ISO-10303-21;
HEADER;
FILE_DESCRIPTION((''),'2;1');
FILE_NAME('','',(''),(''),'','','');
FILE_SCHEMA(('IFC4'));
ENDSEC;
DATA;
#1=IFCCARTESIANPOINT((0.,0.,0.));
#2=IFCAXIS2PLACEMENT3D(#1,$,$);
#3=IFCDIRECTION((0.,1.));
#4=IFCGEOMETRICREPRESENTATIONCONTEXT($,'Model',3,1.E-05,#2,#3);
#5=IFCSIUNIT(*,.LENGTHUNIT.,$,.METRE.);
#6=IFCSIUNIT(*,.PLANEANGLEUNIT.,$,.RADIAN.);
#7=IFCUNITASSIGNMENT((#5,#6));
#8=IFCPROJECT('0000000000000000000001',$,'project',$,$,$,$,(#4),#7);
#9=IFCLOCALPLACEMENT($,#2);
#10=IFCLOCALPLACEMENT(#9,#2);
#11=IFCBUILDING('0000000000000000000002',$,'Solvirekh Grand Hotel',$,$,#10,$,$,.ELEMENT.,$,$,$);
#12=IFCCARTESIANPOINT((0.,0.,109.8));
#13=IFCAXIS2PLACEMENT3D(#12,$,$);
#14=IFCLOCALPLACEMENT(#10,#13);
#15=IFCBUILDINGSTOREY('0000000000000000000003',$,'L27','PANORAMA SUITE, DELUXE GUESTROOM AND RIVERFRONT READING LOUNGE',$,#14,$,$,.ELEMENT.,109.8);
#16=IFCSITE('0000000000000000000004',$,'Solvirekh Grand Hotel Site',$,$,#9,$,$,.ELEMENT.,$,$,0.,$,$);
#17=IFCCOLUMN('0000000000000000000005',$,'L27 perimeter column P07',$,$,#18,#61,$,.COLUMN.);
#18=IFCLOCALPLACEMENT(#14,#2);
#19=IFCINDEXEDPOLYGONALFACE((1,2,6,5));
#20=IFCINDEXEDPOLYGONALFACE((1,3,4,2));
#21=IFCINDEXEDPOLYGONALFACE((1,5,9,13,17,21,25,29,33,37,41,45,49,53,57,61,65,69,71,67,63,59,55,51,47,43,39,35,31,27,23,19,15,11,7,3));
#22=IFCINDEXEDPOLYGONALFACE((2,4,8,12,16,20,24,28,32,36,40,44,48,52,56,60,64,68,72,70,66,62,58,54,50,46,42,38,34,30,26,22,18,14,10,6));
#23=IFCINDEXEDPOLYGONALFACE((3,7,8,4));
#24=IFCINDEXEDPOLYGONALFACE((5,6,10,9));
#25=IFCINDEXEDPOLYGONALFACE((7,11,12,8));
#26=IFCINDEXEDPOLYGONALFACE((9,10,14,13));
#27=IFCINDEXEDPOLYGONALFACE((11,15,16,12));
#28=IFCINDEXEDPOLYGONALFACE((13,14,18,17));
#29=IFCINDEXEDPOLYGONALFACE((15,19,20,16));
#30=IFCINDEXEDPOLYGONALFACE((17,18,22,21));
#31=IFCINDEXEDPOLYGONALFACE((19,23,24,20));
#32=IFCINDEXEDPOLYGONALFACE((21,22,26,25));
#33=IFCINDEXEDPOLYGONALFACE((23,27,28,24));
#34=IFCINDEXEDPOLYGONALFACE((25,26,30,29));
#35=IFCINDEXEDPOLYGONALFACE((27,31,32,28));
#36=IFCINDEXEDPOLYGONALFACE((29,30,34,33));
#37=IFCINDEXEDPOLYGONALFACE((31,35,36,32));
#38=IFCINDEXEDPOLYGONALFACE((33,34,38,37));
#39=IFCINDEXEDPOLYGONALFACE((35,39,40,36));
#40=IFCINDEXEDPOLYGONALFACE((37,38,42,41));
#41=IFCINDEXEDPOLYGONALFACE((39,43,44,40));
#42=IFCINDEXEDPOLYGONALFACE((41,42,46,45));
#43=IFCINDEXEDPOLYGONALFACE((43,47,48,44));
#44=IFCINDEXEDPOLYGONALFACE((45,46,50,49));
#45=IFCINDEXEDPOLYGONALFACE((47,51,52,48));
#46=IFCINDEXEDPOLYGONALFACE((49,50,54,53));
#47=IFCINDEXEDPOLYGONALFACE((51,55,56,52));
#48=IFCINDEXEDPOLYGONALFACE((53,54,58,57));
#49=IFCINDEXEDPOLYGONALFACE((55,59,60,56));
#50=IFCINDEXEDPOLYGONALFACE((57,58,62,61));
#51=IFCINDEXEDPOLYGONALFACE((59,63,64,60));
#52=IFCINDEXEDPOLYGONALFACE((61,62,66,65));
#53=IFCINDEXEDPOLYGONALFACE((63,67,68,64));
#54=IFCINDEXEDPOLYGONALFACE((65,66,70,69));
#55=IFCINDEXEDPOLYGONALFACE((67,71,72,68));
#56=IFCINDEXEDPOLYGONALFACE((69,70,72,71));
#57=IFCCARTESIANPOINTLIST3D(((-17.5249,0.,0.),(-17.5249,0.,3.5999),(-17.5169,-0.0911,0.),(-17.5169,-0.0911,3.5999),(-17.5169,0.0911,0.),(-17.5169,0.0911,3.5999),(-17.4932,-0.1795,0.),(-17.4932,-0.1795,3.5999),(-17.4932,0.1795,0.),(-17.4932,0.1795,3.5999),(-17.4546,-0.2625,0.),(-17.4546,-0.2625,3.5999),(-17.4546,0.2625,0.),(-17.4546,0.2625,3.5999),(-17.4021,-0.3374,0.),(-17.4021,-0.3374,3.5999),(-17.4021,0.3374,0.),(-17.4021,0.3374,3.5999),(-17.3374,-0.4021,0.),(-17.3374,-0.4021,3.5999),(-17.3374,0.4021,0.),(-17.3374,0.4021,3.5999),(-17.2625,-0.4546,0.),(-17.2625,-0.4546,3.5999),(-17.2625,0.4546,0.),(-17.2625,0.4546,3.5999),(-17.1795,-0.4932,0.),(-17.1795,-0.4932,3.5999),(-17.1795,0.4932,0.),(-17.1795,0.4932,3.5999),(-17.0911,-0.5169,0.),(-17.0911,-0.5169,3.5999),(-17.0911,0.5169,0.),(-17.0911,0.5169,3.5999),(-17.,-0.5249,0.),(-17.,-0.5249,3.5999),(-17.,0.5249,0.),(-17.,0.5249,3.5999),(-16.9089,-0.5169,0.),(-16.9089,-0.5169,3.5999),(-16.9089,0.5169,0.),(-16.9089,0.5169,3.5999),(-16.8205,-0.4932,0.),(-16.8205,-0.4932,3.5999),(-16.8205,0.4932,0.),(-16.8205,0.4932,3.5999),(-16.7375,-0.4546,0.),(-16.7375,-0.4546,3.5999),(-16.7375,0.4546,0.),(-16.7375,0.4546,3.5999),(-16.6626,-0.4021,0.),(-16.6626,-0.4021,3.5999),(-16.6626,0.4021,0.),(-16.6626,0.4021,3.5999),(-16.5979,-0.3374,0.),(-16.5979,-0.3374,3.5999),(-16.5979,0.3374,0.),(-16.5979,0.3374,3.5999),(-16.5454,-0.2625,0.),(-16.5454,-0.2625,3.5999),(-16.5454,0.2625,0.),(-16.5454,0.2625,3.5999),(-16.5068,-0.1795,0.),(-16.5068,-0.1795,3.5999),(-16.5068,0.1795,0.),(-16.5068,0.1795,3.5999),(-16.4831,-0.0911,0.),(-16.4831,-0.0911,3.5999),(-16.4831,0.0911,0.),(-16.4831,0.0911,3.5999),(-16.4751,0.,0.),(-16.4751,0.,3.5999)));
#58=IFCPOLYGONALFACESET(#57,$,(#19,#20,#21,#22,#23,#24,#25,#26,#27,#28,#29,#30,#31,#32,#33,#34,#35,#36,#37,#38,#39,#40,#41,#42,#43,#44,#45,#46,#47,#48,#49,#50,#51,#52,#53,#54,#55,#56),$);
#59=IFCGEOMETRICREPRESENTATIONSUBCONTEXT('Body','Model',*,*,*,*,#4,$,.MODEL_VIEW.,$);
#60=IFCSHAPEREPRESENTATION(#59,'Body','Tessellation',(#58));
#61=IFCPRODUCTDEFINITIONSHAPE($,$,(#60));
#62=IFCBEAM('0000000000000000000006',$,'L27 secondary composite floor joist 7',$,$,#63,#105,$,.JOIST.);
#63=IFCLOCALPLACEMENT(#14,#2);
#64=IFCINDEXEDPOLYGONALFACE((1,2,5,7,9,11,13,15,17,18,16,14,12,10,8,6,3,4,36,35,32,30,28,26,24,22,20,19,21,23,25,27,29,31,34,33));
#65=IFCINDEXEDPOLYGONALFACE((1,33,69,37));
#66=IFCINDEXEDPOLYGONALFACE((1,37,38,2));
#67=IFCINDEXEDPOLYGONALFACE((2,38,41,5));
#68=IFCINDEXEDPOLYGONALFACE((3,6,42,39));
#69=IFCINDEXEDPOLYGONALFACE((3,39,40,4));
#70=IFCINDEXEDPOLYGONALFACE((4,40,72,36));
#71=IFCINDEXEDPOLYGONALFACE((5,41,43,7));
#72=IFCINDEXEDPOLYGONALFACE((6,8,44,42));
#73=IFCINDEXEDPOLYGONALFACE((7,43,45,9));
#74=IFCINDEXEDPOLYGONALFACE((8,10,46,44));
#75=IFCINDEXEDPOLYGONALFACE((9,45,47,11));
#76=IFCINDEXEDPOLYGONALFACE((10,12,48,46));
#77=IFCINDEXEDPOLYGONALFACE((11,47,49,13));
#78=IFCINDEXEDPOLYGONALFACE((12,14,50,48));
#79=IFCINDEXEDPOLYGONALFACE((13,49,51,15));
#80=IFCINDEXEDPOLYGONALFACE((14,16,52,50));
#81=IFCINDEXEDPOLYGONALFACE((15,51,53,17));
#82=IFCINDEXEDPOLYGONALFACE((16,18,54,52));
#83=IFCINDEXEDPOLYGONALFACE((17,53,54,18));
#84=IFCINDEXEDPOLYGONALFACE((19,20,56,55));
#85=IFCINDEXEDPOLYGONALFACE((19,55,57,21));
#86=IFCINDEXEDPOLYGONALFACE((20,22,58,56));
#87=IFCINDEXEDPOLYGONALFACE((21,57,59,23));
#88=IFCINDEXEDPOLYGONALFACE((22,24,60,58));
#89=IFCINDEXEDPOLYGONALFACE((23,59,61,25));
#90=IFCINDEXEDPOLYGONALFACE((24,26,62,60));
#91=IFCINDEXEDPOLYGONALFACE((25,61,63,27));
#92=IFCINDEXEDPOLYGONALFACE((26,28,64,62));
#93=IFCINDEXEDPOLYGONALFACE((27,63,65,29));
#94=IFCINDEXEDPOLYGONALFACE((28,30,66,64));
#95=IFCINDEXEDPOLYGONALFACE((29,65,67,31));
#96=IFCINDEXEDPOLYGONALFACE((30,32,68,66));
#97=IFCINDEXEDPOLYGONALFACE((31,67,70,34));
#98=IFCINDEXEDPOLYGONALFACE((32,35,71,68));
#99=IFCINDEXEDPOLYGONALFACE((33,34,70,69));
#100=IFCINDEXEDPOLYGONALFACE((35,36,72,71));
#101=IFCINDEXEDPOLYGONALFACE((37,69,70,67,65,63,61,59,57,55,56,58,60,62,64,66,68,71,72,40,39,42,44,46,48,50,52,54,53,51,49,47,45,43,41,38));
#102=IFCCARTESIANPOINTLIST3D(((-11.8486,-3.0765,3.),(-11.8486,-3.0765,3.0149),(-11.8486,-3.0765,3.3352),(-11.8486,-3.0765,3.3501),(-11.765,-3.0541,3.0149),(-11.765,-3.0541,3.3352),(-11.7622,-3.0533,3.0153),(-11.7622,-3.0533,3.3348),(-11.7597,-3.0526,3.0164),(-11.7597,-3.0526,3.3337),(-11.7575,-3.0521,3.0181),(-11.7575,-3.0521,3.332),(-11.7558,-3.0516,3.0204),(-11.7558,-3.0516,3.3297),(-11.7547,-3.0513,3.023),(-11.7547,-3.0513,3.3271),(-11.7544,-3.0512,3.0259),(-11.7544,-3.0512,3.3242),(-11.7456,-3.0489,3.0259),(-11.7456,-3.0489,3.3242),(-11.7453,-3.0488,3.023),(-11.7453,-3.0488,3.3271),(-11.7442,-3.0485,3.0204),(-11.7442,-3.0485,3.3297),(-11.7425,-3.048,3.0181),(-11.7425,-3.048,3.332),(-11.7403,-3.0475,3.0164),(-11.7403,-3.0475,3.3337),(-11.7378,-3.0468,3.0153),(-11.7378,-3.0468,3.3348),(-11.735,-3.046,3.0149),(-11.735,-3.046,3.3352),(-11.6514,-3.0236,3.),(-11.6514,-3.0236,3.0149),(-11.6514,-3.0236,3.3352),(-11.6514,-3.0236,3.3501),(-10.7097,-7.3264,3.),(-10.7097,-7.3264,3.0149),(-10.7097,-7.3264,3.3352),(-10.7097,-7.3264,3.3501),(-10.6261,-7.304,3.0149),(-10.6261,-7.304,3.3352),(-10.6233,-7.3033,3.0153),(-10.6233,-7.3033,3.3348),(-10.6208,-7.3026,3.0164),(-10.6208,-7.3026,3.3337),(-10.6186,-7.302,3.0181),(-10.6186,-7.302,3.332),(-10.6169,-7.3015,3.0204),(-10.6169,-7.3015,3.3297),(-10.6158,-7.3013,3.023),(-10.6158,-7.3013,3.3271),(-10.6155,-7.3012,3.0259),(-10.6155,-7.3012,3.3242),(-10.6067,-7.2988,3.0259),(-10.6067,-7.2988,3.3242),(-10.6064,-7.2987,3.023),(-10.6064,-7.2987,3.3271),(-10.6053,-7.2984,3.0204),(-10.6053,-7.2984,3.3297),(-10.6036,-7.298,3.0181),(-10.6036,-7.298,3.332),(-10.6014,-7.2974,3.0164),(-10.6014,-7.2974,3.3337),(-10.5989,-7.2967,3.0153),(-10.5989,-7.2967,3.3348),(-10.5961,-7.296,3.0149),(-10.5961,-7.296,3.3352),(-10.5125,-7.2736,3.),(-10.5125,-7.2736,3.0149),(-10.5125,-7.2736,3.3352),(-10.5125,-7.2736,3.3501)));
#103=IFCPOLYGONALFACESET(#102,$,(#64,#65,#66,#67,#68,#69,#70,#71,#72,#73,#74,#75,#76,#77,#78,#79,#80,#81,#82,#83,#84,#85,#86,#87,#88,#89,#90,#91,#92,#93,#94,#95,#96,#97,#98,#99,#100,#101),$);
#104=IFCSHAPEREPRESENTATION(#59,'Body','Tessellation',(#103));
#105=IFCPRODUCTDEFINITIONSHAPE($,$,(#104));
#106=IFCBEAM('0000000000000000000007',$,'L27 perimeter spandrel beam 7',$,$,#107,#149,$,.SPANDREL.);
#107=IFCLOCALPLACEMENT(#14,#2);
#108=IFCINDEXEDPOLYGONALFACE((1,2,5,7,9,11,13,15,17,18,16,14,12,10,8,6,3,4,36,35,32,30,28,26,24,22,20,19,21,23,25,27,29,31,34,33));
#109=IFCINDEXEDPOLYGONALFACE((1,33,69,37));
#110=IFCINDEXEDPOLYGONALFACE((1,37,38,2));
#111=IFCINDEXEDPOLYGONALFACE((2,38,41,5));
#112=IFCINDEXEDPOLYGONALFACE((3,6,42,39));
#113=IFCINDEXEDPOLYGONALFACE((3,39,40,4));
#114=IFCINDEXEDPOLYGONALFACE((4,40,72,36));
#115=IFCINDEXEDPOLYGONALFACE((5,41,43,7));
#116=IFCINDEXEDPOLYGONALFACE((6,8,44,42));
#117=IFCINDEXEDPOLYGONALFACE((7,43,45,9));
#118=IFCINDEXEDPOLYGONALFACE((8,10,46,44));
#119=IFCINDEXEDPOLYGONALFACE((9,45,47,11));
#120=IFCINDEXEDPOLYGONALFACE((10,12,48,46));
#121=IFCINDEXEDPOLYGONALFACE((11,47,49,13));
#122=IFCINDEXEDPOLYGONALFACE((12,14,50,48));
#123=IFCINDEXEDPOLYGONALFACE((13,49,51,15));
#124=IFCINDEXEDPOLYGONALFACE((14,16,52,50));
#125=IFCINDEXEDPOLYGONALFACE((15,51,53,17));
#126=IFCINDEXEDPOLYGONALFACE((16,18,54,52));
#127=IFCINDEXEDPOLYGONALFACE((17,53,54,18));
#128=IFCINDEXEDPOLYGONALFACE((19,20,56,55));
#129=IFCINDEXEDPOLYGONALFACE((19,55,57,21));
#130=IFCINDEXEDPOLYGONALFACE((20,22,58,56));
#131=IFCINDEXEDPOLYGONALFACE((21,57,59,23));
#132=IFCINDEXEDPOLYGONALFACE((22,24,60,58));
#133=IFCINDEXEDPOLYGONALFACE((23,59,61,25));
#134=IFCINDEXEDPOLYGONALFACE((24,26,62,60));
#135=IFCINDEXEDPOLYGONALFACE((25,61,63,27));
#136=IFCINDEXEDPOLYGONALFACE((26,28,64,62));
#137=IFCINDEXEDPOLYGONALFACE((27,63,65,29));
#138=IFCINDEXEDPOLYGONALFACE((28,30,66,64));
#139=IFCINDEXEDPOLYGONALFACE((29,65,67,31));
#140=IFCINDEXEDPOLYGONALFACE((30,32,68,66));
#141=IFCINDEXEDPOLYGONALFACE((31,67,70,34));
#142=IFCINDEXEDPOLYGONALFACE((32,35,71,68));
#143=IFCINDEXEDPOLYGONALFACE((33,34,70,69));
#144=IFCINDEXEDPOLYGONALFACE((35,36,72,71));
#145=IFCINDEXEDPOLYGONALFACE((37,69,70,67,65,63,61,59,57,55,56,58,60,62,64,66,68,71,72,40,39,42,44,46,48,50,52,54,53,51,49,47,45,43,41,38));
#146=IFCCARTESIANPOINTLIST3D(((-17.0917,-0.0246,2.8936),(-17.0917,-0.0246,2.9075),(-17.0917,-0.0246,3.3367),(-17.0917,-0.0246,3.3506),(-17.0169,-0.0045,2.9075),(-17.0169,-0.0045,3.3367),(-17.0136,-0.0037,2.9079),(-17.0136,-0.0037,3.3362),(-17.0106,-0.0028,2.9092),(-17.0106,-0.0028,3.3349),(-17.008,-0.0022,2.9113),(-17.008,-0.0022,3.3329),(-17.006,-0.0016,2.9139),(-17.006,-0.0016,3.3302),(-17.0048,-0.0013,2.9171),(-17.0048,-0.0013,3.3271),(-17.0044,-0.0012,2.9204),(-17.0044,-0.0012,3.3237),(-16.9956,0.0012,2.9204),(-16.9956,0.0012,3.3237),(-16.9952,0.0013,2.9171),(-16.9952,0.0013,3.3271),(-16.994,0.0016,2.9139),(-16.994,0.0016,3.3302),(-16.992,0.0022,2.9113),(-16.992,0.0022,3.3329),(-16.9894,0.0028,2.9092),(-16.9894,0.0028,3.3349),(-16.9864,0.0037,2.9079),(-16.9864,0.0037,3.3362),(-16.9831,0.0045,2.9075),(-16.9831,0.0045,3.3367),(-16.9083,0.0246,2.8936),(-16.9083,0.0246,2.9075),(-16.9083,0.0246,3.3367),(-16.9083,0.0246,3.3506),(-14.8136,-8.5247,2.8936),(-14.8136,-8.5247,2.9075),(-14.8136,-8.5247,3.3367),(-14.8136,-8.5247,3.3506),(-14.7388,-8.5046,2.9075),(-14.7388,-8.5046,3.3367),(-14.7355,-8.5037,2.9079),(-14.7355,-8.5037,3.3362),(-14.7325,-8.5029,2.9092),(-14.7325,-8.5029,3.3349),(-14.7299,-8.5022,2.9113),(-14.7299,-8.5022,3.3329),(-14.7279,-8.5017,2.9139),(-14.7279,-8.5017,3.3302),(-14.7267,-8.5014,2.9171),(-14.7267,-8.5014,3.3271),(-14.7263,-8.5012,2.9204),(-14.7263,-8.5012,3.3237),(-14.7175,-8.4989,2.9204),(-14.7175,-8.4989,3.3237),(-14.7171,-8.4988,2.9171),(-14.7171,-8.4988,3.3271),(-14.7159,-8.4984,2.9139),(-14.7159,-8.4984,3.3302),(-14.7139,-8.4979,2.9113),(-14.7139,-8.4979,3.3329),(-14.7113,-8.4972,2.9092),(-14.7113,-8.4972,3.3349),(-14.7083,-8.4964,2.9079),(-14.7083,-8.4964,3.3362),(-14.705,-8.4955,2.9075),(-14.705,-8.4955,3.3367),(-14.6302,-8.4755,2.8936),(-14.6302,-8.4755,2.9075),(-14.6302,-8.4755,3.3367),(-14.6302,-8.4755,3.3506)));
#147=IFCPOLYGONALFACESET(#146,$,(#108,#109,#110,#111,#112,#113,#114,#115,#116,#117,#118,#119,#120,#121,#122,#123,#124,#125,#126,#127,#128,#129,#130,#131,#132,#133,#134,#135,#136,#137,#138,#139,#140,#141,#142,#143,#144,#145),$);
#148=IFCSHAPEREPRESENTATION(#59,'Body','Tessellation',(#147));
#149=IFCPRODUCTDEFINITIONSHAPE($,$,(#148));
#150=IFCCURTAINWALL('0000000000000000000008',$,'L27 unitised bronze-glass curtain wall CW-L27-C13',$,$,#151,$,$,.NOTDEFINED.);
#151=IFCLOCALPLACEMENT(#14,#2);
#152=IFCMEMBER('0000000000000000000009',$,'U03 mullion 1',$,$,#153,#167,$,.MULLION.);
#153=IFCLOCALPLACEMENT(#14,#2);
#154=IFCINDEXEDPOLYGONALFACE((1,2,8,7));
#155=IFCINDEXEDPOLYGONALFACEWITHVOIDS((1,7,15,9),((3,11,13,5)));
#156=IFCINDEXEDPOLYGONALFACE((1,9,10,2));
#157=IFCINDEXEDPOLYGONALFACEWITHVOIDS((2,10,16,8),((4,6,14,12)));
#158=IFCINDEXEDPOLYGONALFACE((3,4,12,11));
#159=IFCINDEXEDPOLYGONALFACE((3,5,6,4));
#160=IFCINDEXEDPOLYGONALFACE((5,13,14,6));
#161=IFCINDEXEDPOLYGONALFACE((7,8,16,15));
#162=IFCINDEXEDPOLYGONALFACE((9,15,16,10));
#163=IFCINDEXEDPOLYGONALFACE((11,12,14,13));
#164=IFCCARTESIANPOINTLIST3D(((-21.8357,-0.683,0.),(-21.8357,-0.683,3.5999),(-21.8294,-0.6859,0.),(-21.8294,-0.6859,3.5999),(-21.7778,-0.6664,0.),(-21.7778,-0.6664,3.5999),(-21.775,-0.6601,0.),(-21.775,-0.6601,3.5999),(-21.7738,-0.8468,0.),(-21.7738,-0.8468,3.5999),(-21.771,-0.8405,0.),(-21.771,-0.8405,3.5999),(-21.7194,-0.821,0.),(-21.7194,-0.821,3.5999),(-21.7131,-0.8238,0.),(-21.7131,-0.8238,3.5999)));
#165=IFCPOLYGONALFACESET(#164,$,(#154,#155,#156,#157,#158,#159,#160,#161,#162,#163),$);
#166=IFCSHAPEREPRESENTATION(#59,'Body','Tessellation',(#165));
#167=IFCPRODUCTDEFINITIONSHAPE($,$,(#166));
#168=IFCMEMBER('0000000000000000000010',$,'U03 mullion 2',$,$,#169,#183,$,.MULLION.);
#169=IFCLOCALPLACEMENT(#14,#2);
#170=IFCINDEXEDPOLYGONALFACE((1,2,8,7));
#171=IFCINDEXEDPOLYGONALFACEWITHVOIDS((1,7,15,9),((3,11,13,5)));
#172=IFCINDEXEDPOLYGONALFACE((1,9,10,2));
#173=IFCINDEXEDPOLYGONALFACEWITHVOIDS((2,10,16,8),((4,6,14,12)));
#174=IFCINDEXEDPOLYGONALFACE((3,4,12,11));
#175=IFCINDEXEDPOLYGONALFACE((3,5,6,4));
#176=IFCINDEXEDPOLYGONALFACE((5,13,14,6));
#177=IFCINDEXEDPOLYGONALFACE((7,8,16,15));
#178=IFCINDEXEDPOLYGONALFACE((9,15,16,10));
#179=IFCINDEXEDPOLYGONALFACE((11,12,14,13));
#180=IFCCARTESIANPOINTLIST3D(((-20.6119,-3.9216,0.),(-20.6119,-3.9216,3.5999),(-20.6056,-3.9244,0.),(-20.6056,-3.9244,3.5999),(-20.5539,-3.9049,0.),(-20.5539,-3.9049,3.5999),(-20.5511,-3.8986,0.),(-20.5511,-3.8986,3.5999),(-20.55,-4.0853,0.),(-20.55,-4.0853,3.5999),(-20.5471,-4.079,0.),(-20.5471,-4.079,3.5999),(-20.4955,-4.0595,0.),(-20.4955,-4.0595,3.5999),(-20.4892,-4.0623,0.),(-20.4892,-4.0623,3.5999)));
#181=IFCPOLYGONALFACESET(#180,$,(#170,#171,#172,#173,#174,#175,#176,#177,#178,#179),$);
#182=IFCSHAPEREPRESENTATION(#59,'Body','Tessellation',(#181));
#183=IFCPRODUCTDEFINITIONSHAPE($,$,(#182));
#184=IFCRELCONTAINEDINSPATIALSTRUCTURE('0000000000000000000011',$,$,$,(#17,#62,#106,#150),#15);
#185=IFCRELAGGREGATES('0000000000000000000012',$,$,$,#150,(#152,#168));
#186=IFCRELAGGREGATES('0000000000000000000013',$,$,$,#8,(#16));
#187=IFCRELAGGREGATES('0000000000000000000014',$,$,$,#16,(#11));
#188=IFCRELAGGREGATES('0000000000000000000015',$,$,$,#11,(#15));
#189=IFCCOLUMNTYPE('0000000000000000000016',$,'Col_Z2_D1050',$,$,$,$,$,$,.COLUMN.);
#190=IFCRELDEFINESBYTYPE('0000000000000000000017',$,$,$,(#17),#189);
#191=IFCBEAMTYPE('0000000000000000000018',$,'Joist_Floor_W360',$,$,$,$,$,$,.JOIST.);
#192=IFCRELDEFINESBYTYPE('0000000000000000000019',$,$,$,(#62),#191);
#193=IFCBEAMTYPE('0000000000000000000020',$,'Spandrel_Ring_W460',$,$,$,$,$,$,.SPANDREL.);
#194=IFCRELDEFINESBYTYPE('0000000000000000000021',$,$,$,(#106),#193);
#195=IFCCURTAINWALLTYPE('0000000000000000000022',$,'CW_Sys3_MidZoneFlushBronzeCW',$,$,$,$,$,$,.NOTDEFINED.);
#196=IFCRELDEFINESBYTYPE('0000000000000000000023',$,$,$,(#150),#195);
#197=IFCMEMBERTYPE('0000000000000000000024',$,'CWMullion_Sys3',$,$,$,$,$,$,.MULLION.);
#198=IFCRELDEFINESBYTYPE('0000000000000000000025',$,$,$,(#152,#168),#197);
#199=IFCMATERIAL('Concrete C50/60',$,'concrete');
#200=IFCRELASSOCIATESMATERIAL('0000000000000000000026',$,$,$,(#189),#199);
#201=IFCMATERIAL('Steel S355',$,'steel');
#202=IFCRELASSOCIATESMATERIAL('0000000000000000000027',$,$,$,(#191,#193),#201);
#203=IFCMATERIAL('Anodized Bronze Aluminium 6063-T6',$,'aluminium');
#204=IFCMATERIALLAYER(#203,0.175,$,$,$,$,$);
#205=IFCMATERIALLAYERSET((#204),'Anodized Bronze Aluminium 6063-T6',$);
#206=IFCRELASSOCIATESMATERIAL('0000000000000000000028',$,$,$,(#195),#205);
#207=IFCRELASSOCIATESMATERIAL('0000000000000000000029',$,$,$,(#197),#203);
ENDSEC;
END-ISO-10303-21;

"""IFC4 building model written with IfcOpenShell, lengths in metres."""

from ifc_helpers import new_model, si_unit, direction, frame, origin, origin_2d, place, context, subcontext, project, spatial, hollow_rectangle, circle, i_section, extrude, source, transform, mapped, material, layer, layer_set, material_profile, profile_set, type_object, element, aggregate, save


model = new_model("IFC4")

# Units and contexts
model_context = context("Model", 3, precision=1e-05, world=origin(), true_north=direction((0.0, 1.0)))
body_context = subcontext(model_context, "Body", "Model", "MODEL_VIEW")
ifc_project = project(units=[si_unit("LENGTHUNIT", "METRE"), si_unit("PLANEANGLEUNIT", "RADIAN")], contexts=[model_context])

# Site, building, storey
site_placement = place(None, origin())
site = spatial("IfcSite", under=ifc_project, at=site_placement, Name="Solvirekh Grand Hotel Site", CompositionType="ELEMENT", RefElevation=0.0)
building_placement = place(site_placement, origin())
building = spatial("IfcBuilding", under=site, at=building_placement, Name="Solvirekh Grand Hotel", CompositionType="ELEMENT")
storey_placement = place(building_placement, frame((0.0, 0.0, 109.8)))
storey = spatial("IfcBuildingStorey", under=building, at=storey_placement, Name="L27", Description="PANORAMA SUITE, DELUXE GUESTROOM AND RIVERFRONT READING LOUNGE", CompositionType="ELEMENT", Elevation=109.8)

# Column
ifc_material_1 = material(Name="Concrete C50/60", Category="concrete")
ifc_material_profile_1 = material_profile(ifc_material_1, circle(Radius=0.5249, at=origin_2d()), Name="RC CIRC D1050")
ifc_profile_set_1 = profile_set([ifc_material_profile_1], Name="Concrete C50/60")
column_type = type_object("IfcColumnType", Name="Col_Z2_D1050", PredefinedType="COLUMN", material=ifc_profile_set_1)
column_placement = place(storey_placement, frame((-17.0, 0.0, 0.0), z_axis=(0.0, 0.0, 1.0), x_axis=(1.0, 0.0, 0.0)))
element("IfcColumn", 1, at=column_placement, inside=storey, type_object=column_type, Name="L27 perimeter column P07", PredefinedType="COLUMN", context=body_context, shape_type="SweptSolid", body=[
    extrude(circle(Radius=0.5249, at=origin_2d()), origin(), (0.0, 0.0, 1.0), 3.5999),
])

# Beams
ifc_material_2 = material(Name="Steel S355", Category="steel")
ifc_material_profile_2 = material_profile(ifc_material_2, i_section(OverallWidth=0.2041, OverallDepth=0.3501, WebThickness=0.009, FlangeThickness=0.0149, FilletRadius=0.011, at=origin_2d()), Name="W360X72")
ifc_profile_set_2 = profile_set([ifc_material_profile_2], Name="Steel S355")
beam_type_1 = type_object("IfcBeamType", Name="Joist_Floor_W360", PredefinedType="JOIST", material=ifc_profile_set_2)
beam_1_placement = place(storey_placement, frame((-11.75, -3.05, 3.175), z_axis=(0.258847, -0.965918, 0.0), x_axis=(0.965918, 0.258847, 0.0)))
element("IfcBeam", 2, at=beam_1_placement, inside=storey, type_object=beam_type_1, Name="L27 secondary composite floor joist 7", PredefinedType="JOIST", context=body_context, shape_type="SweptSolid", body=[
    extrude(i_section(OverallWidth=0.2041, OverallDepth=0.3501, WebThickness=0.009, FlangeThickness=0.0149, FilletRadius=0.011, at=origin_2d()), origin(), (0.0, 0.0, 1.0), 4.3999),
])
ifc_material_profile_3 = material_profile(ifc_material_2, i_section(OverallWidth=0.1899, OverallDepth=0.457, WebThickness=0.009, FlangeThickness=0.0139, FilletRadius=0.0129, at=origin_2d()), Name="W460X74")
ifc_profile_set_3 = profile_set([ifc_material_profile_3], Name="Steel S355")
beam_type_2 = type_object("IfcBeamType", Name="Spandrel_Ring_W460", PredefinedType="SPANDREL", material=ifc_profile_set_3)
beam_2_placement = place(storey_placement, frame((-17.0, 0.0, 3.1221), z_axis=(0.258873, -0.965911, 0.0), x_axis=(0.965911, 0.258873, 0.0)))
element("IfcBeam", 3, at=beam_2_placement, inside=storey, type_object=beam_type_2, Name="L27 perimeter spandrel beam 7", PredefinedType="SPANDREL", context=body_context, shape_type="SweptSolid", body=[
    extrude(i_section(OverallWidth=0.1899, OverallDepth=0.457, WebThickness=0.009, FlangeThickness=0.0139, FilletRadius=0.0129, at=origin_2d()), origin(), (0.0, 0.0, 1.0), 8.8),
])

# Curtain wall, members
ifc_material_3 = material(Name="Anodized Bronze Aluminium 6063-T6", Category="aluminium")
ifc_layer_1 = layer(ifc_material_3, 0.175)
ifc_layer_set_1 = layer_set([ifc_layer_1], Name="Anodized Bronze Aluminium 6063-T6")
curtain_wall_type = type_object("IfcCurtainWallType", Name="CW_Sys3_MidZoneFlushBronzeCW", PredefinedType="NOTDEFINED", material=ifc_layer_set_1)
curtain_wall_placement = place(storey_placement, origin())
curtain_wall = element("IfcCurtainWall", 4, at=curtain_wall_placement, inside=storey, type_object=curtain_wall_type, Name="L27 unitised bronze-glass curtain wall CW-L27-C13", PredefinedType="NOTDEFINED")
ifc_material_profile_4 = material_profile(ifc_material_3, hollow_rectangle(XDim=0.0649, YDim=0.175, WallThickness=0.0049, at=origin_2d()), Name="ALU RHS 175X65X5")
ifc_profile_set_4 = profile_set([ifc_material_profile_4], Name="Anodized Bronze Aluminium 6063-T6")
member_type_1 = type_object("IfcMemberType", Name="CWMullion_Sys3", PredefinedType="MULLION", material=ifc_profile_set_4)
shared_shape_1 = source(origin(), body_context, "Body", "SweptSolid", [
    extrude(hollow_rectangle(XDim=0.0649, YDim=0.175, WallThickness=0.0049, at=origin_2d()), origin(), (0.0, 0.0, 1.0), 3.5999),
])
member_1_placement = place(storey_placement, frame((-21.7744, -0.7534, 0.0), z_axis=(0.0, 0.0, 1.0), x_axis=(0.935421, 0.353537, 0.0)))
member_1 = element("IfcMember", 5, at=member_1_placement, type_object=member_type_1, Name="U03 mullion 1", PredefinedType="MULLION", context=body_context, shape_type="MappedRepresentation", body=[
    mapped(shared_shape_1, transform((0.0, 0.0, 0.0), x_axis=(1.0, 0.0, 0.0), y_axis=(0.0, 1.0, 0.0), z_axis=(0.0, 0.0, 1.0), scale=1.0)),
])
member_2_placement = place(storey_placement, frame((-20.5505, -3.9919, 0.0), z_axis=(0.0, 0.0, 1.0), x_axis=(0.935421, 0.353537, 0.0)))
member_2 = element("IfcMember", 6, at=member_2_placement, type_object=member_type_1, Name="U03 mullion 2", PredefinedType="MULLION", context=body_context, shape_type="MappedRepresentation", body=[
    mapped(shared_shape_1, transform((0.0, 0.0, 0.0), x_axis=(1.0, 0.0, 0.0), y_axis=(0.0, 1.0, 0.0), z_axis=(0.0, 0.0, 1.0), scale=1.0)),
])
aggregate(curtain_wall, [member_1, member_2])

save(model, "model.ifc")
